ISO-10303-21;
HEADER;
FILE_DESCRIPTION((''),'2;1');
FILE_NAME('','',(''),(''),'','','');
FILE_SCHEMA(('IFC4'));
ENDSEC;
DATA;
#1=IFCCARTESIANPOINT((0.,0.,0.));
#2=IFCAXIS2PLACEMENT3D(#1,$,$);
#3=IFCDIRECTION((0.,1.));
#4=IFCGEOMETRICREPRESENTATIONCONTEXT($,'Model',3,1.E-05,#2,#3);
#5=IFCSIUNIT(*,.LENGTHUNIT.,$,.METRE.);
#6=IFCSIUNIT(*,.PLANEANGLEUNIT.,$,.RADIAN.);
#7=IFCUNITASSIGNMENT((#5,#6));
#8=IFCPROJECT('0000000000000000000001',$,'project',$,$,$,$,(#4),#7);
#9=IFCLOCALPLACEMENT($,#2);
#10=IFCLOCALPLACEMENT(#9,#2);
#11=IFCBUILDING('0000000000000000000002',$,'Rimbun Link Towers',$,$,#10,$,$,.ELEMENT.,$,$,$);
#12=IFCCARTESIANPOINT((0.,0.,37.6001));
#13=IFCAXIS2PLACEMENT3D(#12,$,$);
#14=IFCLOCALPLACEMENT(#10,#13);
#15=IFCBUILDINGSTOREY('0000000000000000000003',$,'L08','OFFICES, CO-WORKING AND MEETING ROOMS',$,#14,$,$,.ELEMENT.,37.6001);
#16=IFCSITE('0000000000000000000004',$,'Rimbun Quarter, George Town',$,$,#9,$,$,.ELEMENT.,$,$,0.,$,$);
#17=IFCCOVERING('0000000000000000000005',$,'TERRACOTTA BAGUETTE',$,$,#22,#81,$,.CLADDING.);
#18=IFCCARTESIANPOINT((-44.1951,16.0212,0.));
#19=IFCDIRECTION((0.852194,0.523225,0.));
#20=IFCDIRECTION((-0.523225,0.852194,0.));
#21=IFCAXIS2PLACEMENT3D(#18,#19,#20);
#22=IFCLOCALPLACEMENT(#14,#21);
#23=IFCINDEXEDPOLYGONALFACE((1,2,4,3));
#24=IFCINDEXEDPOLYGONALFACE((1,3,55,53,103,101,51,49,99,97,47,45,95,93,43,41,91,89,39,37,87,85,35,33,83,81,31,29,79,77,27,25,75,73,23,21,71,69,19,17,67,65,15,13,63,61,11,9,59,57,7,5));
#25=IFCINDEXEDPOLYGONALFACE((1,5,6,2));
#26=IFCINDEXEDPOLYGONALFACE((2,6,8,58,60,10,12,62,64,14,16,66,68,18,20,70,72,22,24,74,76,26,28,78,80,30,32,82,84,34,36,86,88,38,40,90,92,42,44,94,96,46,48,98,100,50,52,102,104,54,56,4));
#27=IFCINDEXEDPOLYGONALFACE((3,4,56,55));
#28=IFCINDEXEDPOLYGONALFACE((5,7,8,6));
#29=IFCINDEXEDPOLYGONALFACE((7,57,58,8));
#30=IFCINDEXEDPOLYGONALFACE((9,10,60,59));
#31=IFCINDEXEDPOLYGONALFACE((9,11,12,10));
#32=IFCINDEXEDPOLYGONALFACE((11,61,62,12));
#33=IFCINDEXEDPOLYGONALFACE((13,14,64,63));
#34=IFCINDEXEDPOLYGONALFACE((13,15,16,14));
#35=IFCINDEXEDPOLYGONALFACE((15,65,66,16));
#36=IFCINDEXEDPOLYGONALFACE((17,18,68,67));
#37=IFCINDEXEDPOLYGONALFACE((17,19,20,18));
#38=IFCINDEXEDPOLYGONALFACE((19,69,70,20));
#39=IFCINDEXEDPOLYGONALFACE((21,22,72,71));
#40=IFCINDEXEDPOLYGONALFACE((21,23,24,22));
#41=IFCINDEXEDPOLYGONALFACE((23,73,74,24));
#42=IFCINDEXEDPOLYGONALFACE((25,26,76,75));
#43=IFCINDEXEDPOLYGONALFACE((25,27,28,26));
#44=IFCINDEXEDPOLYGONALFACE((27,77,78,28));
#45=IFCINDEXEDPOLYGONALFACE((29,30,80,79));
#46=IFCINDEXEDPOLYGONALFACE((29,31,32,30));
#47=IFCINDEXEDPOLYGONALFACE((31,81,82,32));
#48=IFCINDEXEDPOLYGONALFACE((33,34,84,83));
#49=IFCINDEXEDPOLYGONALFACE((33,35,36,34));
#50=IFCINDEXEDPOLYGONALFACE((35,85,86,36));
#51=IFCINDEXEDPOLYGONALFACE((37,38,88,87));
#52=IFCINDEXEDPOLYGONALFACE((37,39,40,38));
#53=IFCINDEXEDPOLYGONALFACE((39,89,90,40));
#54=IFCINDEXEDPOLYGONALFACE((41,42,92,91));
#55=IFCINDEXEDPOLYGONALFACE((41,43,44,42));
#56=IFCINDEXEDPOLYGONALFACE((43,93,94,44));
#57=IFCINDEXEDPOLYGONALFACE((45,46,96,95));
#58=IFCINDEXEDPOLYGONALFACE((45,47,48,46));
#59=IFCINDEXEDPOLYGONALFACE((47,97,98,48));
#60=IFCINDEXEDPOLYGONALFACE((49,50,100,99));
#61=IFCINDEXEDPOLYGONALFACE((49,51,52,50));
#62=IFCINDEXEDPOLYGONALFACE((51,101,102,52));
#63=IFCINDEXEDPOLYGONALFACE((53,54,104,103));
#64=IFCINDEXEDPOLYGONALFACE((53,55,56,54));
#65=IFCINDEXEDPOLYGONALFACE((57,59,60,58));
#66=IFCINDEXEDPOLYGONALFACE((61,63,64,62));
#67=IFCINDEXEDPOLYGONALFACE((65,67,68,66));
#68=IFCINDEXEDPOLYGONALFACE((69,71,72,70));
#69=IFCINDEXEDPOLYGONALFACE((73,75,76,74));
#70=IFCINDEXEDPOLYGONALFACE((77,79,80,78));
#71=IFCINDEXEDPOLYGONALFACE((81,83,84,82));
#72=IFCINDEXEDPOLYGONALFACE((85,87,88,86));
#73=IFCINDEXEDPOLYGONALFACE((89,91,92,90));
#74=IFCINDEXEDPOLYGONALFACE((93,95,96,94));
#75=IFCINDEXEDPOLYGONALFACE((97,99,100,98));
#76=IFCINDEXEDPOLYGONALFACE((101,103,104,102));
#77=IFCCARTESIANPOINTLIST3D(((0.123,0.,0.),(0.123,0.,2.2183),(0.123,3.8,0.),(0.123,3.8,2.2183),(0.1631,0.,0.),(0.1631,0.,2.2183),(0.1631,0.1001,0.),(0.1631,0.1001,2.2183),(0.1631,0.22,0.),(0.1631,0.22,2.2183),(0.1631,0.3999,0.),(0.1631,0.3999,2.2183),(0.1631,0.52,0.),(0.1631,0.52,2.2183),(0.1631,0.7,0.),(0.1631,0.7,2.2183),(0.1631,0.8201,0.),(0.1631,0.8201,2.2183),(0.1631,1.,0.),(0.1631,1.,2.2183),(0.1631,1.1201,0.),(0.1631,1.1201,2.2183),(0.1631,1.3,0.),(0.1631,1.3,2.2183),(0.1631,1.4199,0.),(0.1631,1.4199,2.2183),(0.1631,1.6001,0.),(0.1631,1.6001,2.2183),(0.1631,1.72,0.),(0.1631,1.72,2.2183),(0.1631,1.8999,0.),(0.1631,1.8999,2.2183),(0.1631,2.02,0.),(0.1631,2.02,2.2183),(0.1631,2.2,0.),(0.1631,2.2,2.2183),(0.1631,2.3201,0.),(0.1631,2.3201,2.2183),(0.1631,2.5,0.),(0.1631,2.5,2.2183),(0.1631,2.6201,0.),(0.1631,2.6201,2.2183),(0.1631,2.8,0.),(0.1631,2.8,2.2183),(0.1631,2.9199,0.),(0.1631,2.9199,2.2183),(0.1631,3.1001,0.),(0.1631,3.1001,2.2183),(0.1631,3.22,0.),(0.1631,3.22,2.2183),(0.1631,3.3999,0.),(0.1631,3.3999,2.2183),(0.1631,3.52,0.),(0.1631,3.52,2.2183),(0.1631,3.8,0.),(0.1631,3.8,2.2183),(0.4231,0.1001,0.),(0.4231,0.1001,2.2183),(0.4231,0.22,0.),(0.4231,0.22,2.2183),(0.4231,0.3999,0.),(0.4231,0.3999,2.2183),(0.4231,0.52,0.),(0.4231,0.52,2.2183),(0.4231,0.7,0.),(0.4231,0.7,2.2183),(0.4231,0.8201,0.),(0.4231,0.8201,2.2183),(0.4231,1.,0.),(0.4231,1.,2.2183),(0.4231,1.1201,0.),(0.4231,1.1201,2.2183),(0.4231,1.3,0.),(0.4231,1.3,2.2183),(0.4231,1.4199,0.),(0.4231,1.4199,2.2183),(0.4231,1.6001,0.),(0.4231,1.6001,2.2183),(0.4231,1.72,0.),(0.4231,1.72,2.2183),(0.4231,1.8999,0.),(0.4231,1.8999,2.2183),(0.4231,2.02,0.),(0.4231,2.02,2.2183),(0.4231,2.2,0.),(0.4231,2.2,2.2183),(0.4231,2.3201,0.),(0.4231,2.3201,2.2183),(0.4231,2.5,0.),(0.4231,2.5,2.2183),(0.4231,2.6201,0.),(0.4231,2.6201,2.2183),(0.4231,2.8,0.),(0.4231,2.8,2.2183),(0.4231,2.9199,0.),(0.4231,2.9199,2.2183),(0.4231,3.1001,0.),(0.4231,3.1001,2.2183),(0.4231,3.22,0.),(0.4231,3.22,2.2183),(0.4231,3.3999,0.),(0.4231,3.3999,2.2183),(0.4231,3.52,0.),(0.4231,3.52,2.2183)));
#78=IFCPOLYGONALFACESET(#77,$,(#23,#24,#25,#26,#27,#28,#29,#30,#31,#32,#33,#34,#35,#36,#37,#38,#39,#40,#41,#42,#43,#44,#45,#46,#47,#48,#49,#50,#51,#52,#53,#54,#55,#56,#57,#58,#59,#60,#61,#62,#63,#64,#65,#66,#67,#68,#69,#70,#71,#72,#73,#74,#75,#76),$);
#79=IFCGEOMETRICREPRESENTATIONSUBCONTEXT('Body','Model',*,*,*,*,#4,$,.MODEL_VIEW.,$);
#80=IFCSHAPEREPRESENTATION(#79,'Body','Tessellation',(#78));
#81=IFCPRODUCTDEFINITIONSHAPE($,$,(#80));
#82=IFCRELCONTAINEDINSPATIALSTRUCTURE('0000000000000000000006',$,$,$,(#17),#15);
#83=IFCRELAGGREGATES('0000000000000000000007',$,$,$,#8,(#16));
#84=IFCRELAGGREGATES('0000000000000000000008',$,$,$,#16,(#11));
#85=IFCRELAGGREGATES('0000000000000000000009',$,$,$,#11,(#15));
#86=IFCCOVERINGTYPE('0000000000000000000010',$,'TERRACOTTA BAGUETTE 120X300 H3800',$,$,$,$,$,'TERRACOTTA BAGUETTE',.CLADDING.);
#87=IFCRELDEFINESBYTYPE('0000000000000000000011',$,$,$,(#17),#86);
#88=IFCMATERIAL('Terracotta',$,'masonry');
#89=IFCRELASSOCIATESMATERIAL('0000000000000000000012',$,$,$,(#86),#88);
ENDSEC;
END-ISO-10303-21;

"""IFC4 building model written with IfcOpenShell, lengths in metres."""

from ifc_helpers import new_model, si_unit, direction, frame, origin, place, context, subcontext, project, spatial, polyline, outline, extrude, material, material_profile, profile_set, type_object, element, save


model = new_model("IFC4")

# Units and contexts
model_context = context("Model", 3, precision=1e-05, world=origin(), true_north=direction((0.0, 1.0)))
body_context = subcontext(model_context, "Body", "Model", "MODEL_VIEW")
ifc_project = project(units=[si_unit("LENGTHUNIT", "METRE"), si_unit("PLANEANGLEUNIT", "RADIAN")], contexts=[model_context])

# Site, building, storey
site_placement = place(None, origin())
site = spatial("IfcSite", under=ifc_project, at=site_placement, Name="Rimbun Quarter, George Town", CompositionType="ELEMENT", RefElevation=0.0)
building_placement = place(site_placement, origin())
building = spatial("IfcBuilding", under=site, at=building_placement, Name="Rimbun Link Towers", CompositionType="ELEMENT")
storey_placement = place(building_placement, frame((0.0, 0.0, 37.6001)))
storey = spatial("IfcBuildingStorey", under=building, at=storey_placement, Name="L08", Description="OFFICES, CO-WORKING AND MEETING ROOMS", CompositionType="ELEMENT", Elevation=37.6001)

# Covering
ifc_material_1 = material(Name="Terracotta", Category="masonry")
ifc_material_profile_1 = material_profile(ifc_material_1, outline(polyline([(0.123, 0.0), (0.1631, 0.0), (0.1631, 0.1001), (0.4231, 0.1001), (0.4231, 0.22), (0.1631, 0.22), (0.1631, 0.3999), (0.4231, 0.3999), (0.4231, 0.52), (0.1631, 0.52), (0.1631, 0.7), (0.4231, 0.7), (0.4231, 0.8201), (0.1631, 0.8201), (0.1631, 1.0), (0.4231, 1.0), (0.4231, 1.1201), (0.1631, 1.1201), (0.1631, 1.3), (0.4231, 1.3), (0.4231, 1.4199), (0.1631, 1.4199), (0.1631, 1.6001), (0.4231, 1.6001), (0.4231, 1.72), (0.1631, 1.72), (0.1631, 1.8999), (0.4231, 1.8999), (0.4231, 2.02), (0.1631, 2.02), (0.1631, 2.2), (0.4231, 2.2), (0.4231, 2.3201), (0.1631, 2.3201), (0.1631, 2.5), (0.4231, 2.5), (0.4231, 2.6201), (0.1631, 2.6201), (0.1631, 2.8), (0.4231, 2.8), (0.4231, 2.9199), (0.1631, 2.9199), (0.1631, 3.1001), (0.4231, 3.1001), (0.4231, 3.22), (0.1631, 3.22), (0.1631, 3.3999), (0.4231, 3.3999), (0.4231, 3.52), (0.1631, 3.52), (0.1631, 3.8), (0.123, 3.8), (0.123, 0.0)])), Name="BAGUETTE 120X300")
ifc_profile_set_1 = profile_set([ifc_material_profile_1], Name="Terracotta")
covering_type = type_object("IfcCoveringType", Name="TERRACOTTA BAGUETTE 120X300 H3800", ElementType="TERRACOTTA BAGUETTE", PredefinedType="CLADDING", material=ifc_profile_set_1)
covering_placement = place(storey_placement, frame((-44.1951, 16.0212, 0.0), z_axis=(0.852194, 0.523225, 0.0), x_axis=(-0.523225, 0.852194, 0.0)))
element("IfcCovering", 1, at=covering_placement, inside=storey, type_object=covering_type, Name="TERRACOTTA BAGUETTE", PredefinedType="CLADDING", context=body_context, shape_type="SweptSolid", body=[
    extrude(outline(polyline([(0.123, 0.0), (0.1631, 0.0), (0.1631, 0.1001), (0.4231, 0.1001), (0.4231, 0.22), (0.1631, 0.22), (0.1631, 0.3999), (0.4231, 0.3999), (0.4231, 0.52), (0.1631, 0.52), (0.1631, 0.7), (0.4231, 0.7), (0.4231, 0.8201), (0.1631, 0.8201), (0.1631, 1.0), (0.4231, 1.0), (0.4231, 1.1201), (0.1631, 1.1201), (0.1631, 1.3), (0.4231, 1.3), (0.4231, 1.4199), (0.1631, 1.4199), (0.1631, 1.6001), (0.4231, 1.6001), (0.4231, 1.72), (0.1631, 1.72), (0.1631, 1.8999), (0.4231, 1.8999), (0.4231, 2.02), (0.1631, 2.02), (0.1631, 2.2), (0.4231, 2.2), (0.4231, 2.3201), (0.1631, 2.3201), (0.1631, 2.5), (0.4231, 2.5), (0.4231, 2.6201), (0.1631, 2.6201), (0.1631, 2.8), (0.4231, 2.8), (0.4231, 2.9199), (0.1631, 2.9199), (0.1631, 3.1001), (0.4231, 3.1001), (0.4231, 3.22), (0.1631, 3.22), (0.1631, 3.3999), (0.4231, 3.3999), (0.4231, 3.52), (0.1631, 3.52), (0.1631, 3.8), (0.123, 3.8), (0.123, 0.0)])), origin(), (0.0, 0.0, 1.0), 2.2183),
])

save(model, "model.ifc")
